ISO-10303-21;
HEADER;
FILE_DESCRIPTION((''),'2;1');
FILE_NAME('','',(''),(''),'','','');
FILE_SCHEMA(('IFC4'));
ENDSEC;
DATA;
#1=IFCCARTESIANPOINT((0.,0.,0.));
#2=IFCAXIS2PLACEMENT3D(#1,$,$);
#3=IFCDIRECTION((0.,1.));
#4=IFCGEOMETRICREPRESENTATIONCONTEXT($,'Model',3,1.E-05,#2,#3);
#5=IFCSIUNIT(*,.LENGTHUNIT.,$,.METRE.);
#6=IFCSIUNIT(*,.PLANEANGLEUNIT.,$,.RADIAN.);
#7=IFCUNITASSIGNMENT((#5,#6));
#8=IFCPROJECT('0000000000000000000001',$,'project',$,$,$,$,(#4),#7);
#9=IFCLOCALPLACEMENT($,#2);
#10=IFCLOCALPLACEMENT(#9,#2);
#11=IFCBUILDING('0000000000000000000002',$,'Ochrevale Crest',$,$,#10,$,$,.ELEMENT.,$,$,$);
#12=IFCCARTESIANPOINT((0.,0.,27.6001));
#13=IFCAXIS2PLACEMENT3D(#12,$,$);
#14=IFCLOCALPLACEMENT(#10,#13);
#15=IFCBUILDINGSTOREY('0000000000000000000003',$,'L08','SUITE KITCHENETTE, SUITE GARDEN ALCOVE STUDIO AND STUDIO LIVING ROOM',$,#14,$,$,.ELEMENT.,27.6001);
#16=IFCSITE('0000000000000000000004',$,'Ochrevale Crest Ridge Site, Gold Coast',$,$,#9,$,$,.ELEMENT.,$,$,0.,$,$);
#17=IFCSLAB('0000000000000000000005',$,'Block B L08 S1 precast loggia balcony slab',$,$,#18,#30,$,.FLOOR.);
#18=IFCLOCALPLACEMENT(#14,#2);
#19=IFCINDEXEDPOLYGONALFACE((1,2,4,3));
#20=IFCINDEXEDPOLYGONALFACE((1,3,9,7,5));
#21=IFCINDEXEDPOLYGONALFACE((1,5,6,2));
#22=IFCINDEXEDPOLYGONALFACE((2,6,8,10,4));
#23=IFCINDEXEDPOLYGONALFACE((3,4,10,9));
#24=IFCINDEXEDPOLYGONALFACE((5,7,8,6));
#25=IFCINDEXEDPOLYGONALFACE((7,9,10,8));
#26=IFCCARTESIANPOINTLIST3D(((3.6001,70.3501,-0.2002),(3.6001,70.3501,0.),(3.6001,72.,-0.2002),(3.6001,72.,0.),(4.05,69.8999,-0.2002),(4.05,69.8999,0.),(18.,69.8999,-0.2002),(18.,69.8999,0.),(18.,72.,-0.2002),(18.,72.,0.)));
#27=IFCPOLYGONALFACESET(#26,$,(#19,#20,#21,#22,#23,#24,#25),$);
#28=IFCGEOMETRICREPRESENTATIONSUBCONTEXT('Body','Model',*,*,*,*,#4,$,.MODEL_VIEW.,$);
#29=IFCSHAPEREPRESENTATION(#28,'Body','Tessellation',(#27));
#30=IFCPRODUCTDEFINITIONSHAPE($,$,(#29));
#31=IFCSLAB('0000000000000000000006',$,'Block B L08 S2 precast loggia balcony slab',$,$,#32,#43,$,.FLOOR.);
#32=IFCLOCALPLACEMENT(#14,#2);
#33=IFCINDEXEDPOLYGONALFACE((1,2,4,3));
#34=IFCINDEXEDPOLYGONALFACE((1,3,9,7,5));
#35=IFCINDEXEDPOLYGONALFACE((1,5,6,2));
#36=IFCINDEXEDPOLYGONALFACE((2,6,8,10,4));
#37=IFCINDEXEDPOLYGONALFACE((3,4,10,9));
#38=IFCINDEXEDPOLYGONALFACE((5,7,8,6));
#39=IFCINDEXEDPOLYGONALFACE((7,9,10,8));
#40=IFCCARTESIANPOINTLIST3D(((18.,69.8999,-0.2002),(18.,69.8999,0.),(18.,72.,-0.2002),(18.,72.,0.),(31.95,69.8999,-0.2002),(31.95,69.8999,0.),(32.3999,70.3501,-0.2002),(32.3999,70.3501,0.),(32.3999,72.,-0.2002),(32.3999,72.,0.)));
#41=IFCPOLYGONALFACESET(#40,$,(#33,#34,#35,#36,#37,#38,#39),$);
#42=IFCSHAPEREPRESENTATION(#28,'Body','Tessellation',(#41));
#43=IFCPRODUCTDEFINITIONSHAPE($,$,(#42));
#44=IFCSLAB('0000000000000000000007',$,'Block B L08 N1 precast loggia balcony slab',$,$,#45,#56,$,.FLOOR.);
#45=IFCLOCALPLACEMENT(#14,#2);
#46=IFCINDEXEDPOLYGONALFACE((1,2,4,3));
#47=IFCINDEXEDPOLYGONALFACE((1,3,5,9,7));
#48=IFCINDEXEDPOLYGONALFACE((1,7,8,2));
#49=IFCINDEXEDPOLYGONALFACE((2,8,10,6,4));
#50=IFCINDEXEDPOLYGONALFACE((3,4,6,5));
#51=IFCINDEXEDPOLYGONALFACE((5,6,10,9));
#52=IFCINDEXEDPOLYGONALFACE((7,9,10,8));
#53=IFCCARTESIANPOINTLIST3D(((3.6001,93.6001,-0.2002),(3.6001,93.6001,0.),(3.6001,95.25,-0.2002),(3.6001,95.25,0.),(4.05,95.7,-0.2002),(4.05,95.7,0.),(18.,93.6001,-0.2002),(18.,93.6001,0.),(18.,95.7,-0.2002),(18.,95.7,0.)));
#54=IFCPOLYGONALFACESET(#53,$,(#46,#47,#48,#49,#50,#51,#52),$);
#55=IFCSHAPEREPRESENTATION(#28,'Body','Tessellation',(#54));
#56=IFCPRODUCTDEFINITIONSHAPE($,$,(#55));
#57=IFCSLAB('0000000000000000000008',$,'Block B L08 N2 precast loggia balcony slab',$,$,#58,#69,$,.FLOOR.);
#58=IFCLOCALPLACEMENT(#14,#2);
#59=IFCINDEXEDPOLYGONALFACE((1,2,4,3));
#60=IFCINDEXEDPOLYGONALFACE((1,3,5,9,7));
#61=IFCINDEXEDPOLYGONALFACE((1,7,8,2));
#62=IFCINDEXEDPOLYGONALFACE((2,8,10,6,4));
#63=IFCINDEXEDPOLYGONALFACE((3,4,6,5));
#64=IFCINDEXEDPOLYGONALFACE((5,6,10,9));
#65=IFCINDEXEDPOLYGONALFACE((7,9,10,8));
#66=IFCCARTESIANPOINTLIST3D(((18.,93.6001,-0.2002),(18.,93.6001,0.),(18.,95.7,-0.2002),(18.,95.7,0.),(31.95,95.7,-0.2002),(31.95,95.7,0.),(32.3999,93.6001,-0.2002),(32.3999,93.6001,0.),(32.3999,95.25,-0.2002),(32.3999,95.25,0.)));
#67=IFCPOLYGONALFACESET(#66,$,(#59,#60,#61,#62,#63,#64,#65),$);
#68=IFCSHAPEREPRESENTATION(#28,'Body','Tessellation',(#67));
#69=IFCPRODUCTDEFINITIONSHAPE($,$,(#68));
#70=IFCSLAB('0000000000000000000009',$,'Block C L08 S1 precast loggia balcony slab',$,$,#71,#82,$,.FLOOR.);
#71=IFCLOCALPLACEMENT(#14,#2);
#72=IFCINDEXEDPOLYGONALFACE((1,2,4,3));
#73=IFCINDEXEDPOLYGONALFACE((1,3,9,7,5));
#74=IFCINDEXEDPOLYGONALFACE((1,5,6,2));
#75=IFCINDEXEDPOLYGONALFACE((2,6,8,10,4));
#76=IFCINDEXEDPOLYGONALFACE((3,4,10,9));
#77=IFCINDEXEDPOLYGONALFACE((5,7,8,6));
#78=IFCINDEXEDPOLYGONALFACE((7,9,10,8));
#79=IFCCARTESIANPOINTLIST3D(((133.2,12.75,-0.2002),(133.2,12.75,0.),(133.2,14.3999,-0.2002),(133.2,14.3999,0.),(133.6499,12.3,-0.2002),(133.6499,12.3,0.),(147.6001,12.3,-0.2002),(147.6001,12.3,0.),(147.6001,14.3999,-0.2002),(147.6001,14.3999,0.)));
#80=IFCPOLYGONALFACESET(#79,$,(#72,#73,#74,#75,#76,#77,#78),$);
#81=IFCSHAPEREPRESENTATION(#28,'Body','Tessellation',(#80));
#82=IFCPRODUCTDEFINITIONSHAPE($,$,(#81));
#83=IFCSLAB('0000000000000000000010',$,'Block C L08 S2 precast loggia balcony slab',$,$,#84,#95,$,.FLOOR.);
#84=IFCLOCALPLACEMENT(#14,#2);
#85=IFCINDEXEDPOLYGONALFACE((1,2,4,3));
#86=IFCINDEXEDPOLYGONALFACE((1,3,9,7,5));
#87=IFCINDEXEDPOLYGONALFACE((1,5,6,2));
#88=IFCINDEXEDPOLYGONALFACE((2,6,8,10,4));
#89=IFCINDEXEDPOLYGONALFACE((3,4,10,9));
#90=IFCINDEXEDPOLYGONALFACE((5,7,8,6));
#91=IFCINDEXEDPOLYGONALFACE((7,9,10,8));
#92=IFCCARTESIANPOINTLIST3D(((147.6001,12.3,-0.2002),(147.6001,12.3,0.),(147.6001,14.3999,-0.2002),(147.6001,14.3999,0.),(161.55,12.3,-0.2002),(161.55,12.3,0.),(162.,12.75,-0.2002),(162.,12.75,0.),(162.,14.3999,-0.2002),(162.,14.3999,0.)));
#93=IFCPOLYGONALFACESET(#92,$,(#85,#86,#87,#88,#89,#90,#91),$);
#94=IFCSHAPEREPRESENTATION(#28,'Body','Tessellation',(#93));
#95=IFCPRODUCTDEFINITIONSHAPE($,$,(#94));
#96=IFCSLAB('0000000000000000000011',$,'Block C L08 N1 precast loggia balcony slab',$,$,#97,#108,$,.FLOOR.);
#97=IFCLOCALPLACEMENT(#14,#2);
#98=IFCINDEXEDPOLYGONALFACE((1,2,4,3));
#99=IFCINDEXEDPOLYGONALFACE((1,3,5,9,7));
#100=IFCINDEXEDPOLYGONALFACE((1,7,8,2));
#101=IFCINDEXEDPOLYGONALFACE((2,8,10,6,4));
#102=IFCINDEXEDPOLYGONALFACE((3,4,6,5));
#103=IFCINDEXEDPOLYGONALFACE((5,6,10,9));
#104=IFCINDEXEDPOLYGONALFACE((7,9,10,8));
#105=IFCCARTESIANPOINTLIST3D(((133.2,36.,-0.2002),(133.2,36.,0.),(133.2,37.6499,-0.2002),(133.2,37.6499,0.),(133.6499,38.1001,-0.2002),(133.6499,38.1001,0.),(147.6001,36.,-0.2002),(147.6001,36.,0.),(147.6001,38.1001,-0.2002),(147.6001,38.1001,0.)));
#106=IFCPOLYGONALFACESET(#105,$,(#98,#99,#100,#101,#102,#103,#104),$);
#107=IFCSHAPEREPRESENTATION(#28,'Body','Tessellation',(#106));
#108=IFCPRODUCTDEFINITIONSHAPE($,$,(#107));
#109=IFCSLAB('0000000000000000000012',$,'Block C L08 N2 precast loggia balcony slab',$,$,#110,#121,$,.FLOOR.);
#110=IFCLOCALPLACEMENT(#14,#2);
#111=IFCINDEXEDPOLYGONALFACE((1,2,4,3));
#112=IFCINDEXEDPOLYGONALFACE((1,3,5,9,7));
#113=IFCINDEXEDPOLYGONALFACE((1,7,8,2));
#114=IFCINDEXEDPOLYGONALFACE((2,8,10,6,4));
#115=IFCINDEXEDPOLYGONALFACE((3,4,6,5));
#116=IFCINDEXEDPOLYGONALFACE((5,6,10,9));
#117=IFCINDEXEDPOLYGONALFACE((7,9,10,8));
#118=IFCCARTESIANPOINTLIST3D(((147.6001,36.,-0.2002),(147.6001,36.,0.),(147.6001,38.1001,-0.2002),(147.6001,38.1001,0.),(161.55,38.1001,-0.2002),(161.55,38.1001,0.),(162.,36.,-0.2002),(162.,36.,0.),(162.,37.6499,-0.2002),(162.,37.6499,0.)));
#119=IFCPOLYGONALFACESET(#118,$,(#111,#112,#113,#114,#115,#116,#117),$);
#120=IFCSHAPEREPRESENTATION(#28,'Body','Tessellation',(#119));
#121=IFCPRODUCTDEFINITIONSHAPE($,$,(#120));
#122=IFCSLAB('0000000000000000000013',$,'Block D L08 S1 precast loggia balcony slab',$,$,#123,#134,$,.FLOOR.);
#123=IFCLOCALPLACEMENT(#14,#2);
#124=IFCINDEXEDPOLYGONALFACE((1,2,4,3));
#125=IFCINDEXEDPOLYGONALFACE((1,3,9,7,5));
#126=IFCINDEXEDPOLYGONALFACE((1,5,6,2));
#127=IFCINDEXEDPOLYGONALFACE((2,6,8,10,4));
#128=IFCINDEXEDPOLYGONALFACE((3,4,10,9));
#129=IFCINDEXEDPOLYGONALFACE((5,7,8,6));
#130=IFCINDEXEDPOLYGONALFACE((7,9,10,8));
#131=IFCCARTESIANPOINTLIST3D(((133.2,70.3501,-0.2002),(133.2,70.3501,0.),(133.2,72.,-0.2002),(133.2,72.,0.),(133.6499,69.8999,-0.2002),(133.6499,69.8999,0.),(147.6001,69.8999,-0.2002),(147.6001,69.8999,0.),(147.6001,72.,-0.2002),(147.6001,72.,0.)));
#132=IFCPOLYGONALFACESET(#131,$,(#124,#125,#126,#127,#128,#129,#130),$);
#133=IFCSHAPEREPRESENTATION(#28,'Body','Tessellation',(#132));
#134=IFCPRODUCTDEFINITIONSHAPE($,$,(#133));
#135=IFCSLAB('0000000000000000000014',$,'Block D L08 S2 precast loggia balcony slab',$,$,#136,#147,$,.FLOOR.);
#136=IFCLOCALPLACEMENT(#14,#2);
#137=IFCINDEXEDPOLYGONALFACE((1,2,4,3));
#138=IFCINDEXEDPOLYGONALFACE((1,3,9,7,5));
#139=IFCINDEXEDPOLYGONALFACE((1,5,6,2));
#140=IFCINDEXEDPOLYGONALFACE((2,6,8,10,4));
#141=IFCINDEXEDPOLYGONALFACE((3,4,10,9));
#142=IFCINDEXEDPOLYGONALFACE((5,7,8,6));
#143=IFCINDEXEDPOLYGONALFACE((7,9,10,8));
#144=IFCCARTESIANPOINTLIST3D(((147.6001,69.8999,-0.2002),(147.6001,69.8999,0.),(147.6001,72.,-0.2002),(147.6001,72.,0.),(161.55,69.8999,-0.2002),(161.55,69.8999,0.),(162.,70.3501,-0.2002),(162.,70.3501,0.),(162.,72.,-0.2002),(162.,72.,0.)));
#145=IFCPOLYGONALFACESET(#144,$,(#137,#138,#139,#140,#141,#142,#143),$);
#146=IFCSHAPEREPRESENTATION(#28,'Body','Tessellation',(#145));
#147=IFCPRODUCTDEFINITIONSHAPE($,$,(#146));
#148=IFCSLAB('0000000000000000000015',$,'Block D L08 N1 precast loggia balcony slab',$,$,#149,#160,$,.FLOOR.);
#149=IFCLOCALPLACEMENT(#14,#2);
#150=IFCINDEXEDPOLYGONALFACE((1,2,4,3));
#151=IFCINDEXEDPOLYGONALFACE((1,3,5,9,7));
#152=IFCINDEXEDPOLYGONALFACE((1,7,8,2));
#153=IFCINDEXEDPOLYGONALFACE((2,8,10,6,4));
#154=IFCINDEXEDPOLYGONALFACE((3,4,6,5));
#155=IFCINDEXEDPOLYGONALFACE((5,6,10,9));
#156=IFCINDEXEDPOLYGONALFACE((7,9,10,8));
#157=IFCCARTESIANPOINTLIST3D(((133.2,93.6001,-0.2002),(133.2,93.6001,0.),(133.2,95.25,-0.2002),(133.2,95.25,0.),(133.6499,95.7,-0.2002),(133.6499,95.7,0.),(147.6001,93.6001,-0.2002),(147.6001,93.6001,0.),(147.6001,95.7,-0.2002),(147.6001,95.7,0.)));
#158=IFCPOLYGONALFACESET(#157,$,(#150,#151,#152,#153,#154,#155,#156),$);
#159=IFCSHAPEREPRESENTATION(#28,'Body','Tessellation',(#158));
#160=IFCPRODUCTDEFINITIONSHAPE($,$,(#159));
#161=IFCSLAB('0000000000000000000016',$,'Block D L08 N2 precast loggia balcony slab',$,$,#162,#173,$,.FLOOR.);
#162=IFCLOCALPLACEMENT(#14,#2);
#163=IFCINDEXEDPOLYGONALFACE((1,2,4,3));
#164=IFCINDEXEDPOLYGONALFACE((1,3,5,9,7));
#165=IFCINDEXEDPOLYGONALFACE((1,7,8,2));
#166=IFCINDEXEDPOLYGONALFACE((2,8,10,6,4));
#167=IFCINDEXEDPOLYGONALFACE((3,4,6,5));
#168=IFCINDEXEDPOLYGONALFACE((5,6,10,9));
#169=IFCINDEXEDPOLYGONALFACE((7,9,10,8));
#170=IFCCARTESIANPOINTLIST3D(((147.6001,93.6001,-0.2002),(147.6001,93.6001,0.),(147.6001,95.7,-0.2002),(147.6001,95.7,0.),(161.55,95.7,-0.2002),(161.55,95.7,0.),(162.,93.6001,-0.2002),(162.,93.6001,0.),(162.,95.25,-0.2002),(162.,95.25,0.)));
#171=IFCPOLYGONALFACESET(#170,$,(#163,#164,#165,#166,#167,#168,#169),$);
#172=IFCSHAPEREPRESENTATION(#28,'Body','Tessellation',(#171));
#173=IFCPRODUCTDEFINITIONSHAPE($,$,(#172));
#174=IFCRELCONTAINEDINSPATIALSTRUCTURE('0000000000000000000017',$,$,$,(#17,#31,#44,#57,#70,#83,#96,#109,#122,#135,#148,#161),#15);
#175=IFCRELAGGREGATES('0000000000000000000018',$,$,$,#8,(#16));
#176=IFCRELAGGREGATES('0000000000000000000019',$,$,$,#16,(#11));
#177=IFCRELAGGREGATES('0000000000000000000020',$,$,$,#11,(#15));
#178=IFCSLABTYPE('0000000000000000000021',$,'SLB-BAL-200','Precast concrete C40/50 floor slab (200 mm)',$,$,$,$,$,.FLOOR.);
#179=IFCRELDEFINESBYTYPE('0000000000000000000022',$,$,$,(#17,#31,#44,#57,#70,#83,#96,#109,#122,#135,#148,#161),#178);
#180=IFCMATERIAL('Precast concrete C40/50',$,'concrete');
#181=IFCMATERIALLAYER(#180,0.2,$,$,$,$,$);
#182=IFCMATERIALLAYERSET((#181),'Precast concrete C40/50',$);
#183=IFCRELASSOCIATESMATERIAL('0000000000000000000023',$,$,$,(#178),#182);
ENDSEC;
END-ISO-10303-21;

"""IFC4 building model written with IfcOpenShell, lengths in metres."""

from ifc_helpers import new_model, si_unit, direction, frame, origin, place, context, subcontext, project, spatial, polyline, outline, extrude, material, layer, layer_set, type_object, element, save


model = new_model("IFC4")

# Units and contexts
model_context = context("Model", 3, precision=1e-05, world=origin(), true_north=direction((0.0, 1.0)))
body_context = subcontext(model_context, "Body", "Model", "MODEL_VIEW")
ifc_project = project(units=[si_unit("LENGTHUNIT", "METRE"), si_unit("PLANEANGLEUNIT", "RADIAN")], contexts=[model_context])

# Site, building, storey
site_placement = place(None, origin())
site = spatial("IfcSite", under=ifc_project, at=site_placement, Name="Ochrevale Crest Ridge Site, Gold Coast", CompositionType="ELEMENT", RefElevation=0.0)
building_placement = place(site_placement, origin())
building = spatial("IfcBuilding", under=site, at=building_placement, Name="Ochrevale Crest", CompositionType="ELEMENT")
storey_placement = place(building_placement, frame((0.0, 0.0, 27.6001)))
storey = spatial("IfcBuildingStorey", under=building, at=storey_placement, Name="L08", Description="SUITE KITCHENETTE, SUITE GARDEN ALCOVE STUDIO AND STUDIO LIVING ROOM", CompositionType="ELEMENT", Elevation=27.6001)

# Slabs
ifc_material_1 = material(Name="Precast concrete C40/50", Category="concrete")
ifc_layer_1 = layer(ifc_material_1, 0.2)
ifc_layer_set_1 = layer_set([ifc_layer_1], Name="Precast concrete C40/50")
slab_type_1 = type_object("IfcSlabType", Name="SLB-BAL-200", Description="Precast concrete C40/50 floor slab (200 mm)", PredefinedType="FLOOR", material=ifc_layer_set_1)
slab_1_placement = place(storey_placement, frame((0.0, 0.0, -0.2002)))
element("IfcSlab", 1, at=slab_1_placement, inside=storey, type_object=slab_type_1, Name="Block B L08 S1 precast loggia balcony slab", PredefinedType="FLOOR", context=body_context, shape_type="SweptSolid", body=[
    extrude(outline(polyline([(4.05, 69.8999), (18.0, 69.8999), (18.0, 72.0), (3.6001, 72.0), (3.6001, 70.3501), (4.05, 69.8999)])), origin(), (0.0, 0.0, 1.0), 0.2002),
])
slab_2_placement = place(storey_placement, frame((0.0, 0.0, -0.2002)))
element("IfcSlab", 2, at=slab_2_placement, inside=storey, type_object=slab_type_1, Name="Block B L08 S2 precast loggia balcony slab", PredefinedType="FLOOR", context=body_context, shape_type="SweptSolid", body=[
    extrude(outline(polyline([(18.0, 69.8999), (31.95, 69.8999), (32.3999, 70.3501), (32.3999, 72.0), (18.0, 72.0), (18.0, 69.8999)])), origin(), (0.0, 0.0, 1.0), 0.2002),
])
slab_3_placement = place(storey_placement, frame((0.0, 0.0, -0.2002)))
element("IfcSlab", 3, at=slab_3_placement, inside=storey, type_object=slab_type_1, Name="Block B L08 N1 precast loggia balcony slab", PredefinedType="FLOOR", context=body_context, shape_type="SweptSolid", body=[
    extrude(outline(polyline([(3.6001, 93.6001), (18.0, 93.6001), (18.0, 95.7), (4.05, 95.7), (3.6001, 95.25), (3.6001, 93.6001)])), origin(), (0.0, 0.0, 1.0), 0.2002),
])
slab_4_placement = place(storey_placement, frame((0.0, 0.0, -0.2002)))
element("IfcSlab", 4, at=slab_4_placement, inside=storey, type_object=slab_type_1, Name="Block B L08 N2 precast loggia balcony slab", PredefinedType="FLOOR", context=body_context, shape_type="SweptSolid", body=[
    extrude(outline(polyline([(18.0, 93.6001), (32.3999, 93.6001), (32.3999, 95.25), (31.95, 95.7), (18.0, 95.7), (18.0, 93.6001)])), origin(), (0.0, 0.0, 1.0), 0.2002),
])
slab_5_placement = place(storey_placement, frame((0.0, 0.0, -0.2002)))
element("IfcSlab", 5, at=slab_5_placement, inside=storey, type_object=slab_type_1, Name="Block C L08 S1 precast loggia balcony slab", PredefinedType="FLOOR", context=body_context, shape_type="SweptSolid", body=[
    extrude(outline(polyline([(133.6499, 12.3), (147.6001, 12.3), (147.6001, 14.3999), (133.2, 14.3999), (133.2, 12.75), (133.6499, 12.3)])), origin(), (0.0, 0.0, 1.0), 0.2002),
])
slab_6_placement = place(storey_placement, frame((0.0, 0.0, -0.2002)))
element("IfcSlab", 6, at=slab_6_placement, inside=storey, type_object=slab_type_1, Name="Block C L08 S2 precast loggia balcony slab", PredefinedType="FLOOR", context=body_context, shape_type="SweptSolid", body=[
    extrude(outline(polyline([(147.6001, 12.3), (161.55, 12.3), (162.0, 12.75), (162.0, 14.3999), (147.6001, 14.3999), (147.6001, 12.3)])), origin(), (0.0, 0.0, 1.0), 0.2002),
])
slab_7_placement = place(storey_placement, frame((0.0, 0.0, -0.2002)))
element("IfcSlab", 7, at=slab_7_placement, inside=storey, type_object=slab_type_1, Name="Block C L08 N1 precast loggia balcony slab", PredefinedType="FLOOR", context=body_context, shape_type="SweptSolid", body=[
    extrude(outline(polyline([(133.2, 36.0), (147.6001, 36.0), (147.6001, 38.1001), (133.6499, 38.1001), (133.2, 37.6499), (133.2, 36.0)])), origin(), (0.0, 0.0, 1.0), 0.2002),
])
slab_8_placement = place(storey_placement, frame((0.0, 0.0, -0.2002)))
element("IfcSlab", 8, at=slab_8_placement, inside=storey, type_object=slab_type_1, Name="Block C L08 N2 precast loggia balcony slab", PredefinedType="FLOOR", context=body_context, shape_type="SweptSolid", body=[
    extrude(outline(polyline([(147.6001, 36.0), (162.0, 36.0), (162.0, 37.6499), (161.55, 38.1001), (147.6001, 38.1001), (147.6001, 36.0)])), origin(), (0.0, 0.0, 1.0), 0.2002),
])
slab_9_placement = place(storey_placement, frame((0.0, 0.0, -0.2002)))
element("IfcSlab", 9, at=slab_9_placement, inside=storey, type_object=slab_type_1, Name="Block D L08 S1 precast loggia balcony slab", PredefinedType="FLOOR", context=body_context, shape_type="SweptSolid", body=[
    extrude(outline(polyline([(133.6499, 69.8999), (147.6001, 69.8999), (147.6001, 72.0), (133.2, 72.0), (133.2, 70.3501), (133.6499, 69.8999)])), origin(), (0.0, 0.0, 1.0), 0.2002),
])
slab_10_placement = place(storey_placement, frame((0.0, 0.0, -0.2002)))
element("IfcSlab", 10, at=slab_10_placement, inside=storey, type_object=slab_type_1, Name="Block D L08 S2 precast loggia balcony slab", PredefinedType="FLOOR", context=body_context, shape_type="SweptSolid", body=[
    extrude(outline(polyline([(147.6001, 69.8999), (161.55, 69.8999), (162.0, 70.3501), (162.0, 72.0), (147.6001, 72.0), (147.6001, 69.8999)])), origin(), (0.0, 0.0, 1.0), 0.2002),
])
slab_11_placement = place(storey_placement, frame((0.0, 0.0, -0.2002)))
element("IfcSlab", 11, at=slab_11_placement, inside=storey, type_object=slab_type_1, Name="Block D L08 N1 precast loggia balcony slab", PredefinedType="FLOOR", context=body_context, shape_type="SweptSolid", body=[
    extrude(outline(polyline([(133.2, 93.6001), (147.6001, 93.6001), (147.6001, 95.7), (133.6499, 95.7), (133.2, 95.25), (133.2, 93.6001)])), origin(), (0.0, 0.0, 1.0), 0.2002),
])
slab_12_placement = place(storey_placement, frame((0.0, 0.0, -0.2002)))
element("IfcSlab", 12, at=slab_12_placement, inside=storey, type_object=slab_type_1, Name="Block D L08 N2 precast loggia balcony slab", PredefinedType="FLOOR", context=body_context, shape_type="SweptSolid", body=[
    extrude(outline(polyline([(147.6001, 93.6001), (162.0, 93.6001), (162.0, 95.25), (161.55, 95.7), (147.6001, 95.7), (147.6001, 93.6001)])), origin(), (0.0, 0.0, 1.0), 0.2002),
])

save(model, "model.ifc")
